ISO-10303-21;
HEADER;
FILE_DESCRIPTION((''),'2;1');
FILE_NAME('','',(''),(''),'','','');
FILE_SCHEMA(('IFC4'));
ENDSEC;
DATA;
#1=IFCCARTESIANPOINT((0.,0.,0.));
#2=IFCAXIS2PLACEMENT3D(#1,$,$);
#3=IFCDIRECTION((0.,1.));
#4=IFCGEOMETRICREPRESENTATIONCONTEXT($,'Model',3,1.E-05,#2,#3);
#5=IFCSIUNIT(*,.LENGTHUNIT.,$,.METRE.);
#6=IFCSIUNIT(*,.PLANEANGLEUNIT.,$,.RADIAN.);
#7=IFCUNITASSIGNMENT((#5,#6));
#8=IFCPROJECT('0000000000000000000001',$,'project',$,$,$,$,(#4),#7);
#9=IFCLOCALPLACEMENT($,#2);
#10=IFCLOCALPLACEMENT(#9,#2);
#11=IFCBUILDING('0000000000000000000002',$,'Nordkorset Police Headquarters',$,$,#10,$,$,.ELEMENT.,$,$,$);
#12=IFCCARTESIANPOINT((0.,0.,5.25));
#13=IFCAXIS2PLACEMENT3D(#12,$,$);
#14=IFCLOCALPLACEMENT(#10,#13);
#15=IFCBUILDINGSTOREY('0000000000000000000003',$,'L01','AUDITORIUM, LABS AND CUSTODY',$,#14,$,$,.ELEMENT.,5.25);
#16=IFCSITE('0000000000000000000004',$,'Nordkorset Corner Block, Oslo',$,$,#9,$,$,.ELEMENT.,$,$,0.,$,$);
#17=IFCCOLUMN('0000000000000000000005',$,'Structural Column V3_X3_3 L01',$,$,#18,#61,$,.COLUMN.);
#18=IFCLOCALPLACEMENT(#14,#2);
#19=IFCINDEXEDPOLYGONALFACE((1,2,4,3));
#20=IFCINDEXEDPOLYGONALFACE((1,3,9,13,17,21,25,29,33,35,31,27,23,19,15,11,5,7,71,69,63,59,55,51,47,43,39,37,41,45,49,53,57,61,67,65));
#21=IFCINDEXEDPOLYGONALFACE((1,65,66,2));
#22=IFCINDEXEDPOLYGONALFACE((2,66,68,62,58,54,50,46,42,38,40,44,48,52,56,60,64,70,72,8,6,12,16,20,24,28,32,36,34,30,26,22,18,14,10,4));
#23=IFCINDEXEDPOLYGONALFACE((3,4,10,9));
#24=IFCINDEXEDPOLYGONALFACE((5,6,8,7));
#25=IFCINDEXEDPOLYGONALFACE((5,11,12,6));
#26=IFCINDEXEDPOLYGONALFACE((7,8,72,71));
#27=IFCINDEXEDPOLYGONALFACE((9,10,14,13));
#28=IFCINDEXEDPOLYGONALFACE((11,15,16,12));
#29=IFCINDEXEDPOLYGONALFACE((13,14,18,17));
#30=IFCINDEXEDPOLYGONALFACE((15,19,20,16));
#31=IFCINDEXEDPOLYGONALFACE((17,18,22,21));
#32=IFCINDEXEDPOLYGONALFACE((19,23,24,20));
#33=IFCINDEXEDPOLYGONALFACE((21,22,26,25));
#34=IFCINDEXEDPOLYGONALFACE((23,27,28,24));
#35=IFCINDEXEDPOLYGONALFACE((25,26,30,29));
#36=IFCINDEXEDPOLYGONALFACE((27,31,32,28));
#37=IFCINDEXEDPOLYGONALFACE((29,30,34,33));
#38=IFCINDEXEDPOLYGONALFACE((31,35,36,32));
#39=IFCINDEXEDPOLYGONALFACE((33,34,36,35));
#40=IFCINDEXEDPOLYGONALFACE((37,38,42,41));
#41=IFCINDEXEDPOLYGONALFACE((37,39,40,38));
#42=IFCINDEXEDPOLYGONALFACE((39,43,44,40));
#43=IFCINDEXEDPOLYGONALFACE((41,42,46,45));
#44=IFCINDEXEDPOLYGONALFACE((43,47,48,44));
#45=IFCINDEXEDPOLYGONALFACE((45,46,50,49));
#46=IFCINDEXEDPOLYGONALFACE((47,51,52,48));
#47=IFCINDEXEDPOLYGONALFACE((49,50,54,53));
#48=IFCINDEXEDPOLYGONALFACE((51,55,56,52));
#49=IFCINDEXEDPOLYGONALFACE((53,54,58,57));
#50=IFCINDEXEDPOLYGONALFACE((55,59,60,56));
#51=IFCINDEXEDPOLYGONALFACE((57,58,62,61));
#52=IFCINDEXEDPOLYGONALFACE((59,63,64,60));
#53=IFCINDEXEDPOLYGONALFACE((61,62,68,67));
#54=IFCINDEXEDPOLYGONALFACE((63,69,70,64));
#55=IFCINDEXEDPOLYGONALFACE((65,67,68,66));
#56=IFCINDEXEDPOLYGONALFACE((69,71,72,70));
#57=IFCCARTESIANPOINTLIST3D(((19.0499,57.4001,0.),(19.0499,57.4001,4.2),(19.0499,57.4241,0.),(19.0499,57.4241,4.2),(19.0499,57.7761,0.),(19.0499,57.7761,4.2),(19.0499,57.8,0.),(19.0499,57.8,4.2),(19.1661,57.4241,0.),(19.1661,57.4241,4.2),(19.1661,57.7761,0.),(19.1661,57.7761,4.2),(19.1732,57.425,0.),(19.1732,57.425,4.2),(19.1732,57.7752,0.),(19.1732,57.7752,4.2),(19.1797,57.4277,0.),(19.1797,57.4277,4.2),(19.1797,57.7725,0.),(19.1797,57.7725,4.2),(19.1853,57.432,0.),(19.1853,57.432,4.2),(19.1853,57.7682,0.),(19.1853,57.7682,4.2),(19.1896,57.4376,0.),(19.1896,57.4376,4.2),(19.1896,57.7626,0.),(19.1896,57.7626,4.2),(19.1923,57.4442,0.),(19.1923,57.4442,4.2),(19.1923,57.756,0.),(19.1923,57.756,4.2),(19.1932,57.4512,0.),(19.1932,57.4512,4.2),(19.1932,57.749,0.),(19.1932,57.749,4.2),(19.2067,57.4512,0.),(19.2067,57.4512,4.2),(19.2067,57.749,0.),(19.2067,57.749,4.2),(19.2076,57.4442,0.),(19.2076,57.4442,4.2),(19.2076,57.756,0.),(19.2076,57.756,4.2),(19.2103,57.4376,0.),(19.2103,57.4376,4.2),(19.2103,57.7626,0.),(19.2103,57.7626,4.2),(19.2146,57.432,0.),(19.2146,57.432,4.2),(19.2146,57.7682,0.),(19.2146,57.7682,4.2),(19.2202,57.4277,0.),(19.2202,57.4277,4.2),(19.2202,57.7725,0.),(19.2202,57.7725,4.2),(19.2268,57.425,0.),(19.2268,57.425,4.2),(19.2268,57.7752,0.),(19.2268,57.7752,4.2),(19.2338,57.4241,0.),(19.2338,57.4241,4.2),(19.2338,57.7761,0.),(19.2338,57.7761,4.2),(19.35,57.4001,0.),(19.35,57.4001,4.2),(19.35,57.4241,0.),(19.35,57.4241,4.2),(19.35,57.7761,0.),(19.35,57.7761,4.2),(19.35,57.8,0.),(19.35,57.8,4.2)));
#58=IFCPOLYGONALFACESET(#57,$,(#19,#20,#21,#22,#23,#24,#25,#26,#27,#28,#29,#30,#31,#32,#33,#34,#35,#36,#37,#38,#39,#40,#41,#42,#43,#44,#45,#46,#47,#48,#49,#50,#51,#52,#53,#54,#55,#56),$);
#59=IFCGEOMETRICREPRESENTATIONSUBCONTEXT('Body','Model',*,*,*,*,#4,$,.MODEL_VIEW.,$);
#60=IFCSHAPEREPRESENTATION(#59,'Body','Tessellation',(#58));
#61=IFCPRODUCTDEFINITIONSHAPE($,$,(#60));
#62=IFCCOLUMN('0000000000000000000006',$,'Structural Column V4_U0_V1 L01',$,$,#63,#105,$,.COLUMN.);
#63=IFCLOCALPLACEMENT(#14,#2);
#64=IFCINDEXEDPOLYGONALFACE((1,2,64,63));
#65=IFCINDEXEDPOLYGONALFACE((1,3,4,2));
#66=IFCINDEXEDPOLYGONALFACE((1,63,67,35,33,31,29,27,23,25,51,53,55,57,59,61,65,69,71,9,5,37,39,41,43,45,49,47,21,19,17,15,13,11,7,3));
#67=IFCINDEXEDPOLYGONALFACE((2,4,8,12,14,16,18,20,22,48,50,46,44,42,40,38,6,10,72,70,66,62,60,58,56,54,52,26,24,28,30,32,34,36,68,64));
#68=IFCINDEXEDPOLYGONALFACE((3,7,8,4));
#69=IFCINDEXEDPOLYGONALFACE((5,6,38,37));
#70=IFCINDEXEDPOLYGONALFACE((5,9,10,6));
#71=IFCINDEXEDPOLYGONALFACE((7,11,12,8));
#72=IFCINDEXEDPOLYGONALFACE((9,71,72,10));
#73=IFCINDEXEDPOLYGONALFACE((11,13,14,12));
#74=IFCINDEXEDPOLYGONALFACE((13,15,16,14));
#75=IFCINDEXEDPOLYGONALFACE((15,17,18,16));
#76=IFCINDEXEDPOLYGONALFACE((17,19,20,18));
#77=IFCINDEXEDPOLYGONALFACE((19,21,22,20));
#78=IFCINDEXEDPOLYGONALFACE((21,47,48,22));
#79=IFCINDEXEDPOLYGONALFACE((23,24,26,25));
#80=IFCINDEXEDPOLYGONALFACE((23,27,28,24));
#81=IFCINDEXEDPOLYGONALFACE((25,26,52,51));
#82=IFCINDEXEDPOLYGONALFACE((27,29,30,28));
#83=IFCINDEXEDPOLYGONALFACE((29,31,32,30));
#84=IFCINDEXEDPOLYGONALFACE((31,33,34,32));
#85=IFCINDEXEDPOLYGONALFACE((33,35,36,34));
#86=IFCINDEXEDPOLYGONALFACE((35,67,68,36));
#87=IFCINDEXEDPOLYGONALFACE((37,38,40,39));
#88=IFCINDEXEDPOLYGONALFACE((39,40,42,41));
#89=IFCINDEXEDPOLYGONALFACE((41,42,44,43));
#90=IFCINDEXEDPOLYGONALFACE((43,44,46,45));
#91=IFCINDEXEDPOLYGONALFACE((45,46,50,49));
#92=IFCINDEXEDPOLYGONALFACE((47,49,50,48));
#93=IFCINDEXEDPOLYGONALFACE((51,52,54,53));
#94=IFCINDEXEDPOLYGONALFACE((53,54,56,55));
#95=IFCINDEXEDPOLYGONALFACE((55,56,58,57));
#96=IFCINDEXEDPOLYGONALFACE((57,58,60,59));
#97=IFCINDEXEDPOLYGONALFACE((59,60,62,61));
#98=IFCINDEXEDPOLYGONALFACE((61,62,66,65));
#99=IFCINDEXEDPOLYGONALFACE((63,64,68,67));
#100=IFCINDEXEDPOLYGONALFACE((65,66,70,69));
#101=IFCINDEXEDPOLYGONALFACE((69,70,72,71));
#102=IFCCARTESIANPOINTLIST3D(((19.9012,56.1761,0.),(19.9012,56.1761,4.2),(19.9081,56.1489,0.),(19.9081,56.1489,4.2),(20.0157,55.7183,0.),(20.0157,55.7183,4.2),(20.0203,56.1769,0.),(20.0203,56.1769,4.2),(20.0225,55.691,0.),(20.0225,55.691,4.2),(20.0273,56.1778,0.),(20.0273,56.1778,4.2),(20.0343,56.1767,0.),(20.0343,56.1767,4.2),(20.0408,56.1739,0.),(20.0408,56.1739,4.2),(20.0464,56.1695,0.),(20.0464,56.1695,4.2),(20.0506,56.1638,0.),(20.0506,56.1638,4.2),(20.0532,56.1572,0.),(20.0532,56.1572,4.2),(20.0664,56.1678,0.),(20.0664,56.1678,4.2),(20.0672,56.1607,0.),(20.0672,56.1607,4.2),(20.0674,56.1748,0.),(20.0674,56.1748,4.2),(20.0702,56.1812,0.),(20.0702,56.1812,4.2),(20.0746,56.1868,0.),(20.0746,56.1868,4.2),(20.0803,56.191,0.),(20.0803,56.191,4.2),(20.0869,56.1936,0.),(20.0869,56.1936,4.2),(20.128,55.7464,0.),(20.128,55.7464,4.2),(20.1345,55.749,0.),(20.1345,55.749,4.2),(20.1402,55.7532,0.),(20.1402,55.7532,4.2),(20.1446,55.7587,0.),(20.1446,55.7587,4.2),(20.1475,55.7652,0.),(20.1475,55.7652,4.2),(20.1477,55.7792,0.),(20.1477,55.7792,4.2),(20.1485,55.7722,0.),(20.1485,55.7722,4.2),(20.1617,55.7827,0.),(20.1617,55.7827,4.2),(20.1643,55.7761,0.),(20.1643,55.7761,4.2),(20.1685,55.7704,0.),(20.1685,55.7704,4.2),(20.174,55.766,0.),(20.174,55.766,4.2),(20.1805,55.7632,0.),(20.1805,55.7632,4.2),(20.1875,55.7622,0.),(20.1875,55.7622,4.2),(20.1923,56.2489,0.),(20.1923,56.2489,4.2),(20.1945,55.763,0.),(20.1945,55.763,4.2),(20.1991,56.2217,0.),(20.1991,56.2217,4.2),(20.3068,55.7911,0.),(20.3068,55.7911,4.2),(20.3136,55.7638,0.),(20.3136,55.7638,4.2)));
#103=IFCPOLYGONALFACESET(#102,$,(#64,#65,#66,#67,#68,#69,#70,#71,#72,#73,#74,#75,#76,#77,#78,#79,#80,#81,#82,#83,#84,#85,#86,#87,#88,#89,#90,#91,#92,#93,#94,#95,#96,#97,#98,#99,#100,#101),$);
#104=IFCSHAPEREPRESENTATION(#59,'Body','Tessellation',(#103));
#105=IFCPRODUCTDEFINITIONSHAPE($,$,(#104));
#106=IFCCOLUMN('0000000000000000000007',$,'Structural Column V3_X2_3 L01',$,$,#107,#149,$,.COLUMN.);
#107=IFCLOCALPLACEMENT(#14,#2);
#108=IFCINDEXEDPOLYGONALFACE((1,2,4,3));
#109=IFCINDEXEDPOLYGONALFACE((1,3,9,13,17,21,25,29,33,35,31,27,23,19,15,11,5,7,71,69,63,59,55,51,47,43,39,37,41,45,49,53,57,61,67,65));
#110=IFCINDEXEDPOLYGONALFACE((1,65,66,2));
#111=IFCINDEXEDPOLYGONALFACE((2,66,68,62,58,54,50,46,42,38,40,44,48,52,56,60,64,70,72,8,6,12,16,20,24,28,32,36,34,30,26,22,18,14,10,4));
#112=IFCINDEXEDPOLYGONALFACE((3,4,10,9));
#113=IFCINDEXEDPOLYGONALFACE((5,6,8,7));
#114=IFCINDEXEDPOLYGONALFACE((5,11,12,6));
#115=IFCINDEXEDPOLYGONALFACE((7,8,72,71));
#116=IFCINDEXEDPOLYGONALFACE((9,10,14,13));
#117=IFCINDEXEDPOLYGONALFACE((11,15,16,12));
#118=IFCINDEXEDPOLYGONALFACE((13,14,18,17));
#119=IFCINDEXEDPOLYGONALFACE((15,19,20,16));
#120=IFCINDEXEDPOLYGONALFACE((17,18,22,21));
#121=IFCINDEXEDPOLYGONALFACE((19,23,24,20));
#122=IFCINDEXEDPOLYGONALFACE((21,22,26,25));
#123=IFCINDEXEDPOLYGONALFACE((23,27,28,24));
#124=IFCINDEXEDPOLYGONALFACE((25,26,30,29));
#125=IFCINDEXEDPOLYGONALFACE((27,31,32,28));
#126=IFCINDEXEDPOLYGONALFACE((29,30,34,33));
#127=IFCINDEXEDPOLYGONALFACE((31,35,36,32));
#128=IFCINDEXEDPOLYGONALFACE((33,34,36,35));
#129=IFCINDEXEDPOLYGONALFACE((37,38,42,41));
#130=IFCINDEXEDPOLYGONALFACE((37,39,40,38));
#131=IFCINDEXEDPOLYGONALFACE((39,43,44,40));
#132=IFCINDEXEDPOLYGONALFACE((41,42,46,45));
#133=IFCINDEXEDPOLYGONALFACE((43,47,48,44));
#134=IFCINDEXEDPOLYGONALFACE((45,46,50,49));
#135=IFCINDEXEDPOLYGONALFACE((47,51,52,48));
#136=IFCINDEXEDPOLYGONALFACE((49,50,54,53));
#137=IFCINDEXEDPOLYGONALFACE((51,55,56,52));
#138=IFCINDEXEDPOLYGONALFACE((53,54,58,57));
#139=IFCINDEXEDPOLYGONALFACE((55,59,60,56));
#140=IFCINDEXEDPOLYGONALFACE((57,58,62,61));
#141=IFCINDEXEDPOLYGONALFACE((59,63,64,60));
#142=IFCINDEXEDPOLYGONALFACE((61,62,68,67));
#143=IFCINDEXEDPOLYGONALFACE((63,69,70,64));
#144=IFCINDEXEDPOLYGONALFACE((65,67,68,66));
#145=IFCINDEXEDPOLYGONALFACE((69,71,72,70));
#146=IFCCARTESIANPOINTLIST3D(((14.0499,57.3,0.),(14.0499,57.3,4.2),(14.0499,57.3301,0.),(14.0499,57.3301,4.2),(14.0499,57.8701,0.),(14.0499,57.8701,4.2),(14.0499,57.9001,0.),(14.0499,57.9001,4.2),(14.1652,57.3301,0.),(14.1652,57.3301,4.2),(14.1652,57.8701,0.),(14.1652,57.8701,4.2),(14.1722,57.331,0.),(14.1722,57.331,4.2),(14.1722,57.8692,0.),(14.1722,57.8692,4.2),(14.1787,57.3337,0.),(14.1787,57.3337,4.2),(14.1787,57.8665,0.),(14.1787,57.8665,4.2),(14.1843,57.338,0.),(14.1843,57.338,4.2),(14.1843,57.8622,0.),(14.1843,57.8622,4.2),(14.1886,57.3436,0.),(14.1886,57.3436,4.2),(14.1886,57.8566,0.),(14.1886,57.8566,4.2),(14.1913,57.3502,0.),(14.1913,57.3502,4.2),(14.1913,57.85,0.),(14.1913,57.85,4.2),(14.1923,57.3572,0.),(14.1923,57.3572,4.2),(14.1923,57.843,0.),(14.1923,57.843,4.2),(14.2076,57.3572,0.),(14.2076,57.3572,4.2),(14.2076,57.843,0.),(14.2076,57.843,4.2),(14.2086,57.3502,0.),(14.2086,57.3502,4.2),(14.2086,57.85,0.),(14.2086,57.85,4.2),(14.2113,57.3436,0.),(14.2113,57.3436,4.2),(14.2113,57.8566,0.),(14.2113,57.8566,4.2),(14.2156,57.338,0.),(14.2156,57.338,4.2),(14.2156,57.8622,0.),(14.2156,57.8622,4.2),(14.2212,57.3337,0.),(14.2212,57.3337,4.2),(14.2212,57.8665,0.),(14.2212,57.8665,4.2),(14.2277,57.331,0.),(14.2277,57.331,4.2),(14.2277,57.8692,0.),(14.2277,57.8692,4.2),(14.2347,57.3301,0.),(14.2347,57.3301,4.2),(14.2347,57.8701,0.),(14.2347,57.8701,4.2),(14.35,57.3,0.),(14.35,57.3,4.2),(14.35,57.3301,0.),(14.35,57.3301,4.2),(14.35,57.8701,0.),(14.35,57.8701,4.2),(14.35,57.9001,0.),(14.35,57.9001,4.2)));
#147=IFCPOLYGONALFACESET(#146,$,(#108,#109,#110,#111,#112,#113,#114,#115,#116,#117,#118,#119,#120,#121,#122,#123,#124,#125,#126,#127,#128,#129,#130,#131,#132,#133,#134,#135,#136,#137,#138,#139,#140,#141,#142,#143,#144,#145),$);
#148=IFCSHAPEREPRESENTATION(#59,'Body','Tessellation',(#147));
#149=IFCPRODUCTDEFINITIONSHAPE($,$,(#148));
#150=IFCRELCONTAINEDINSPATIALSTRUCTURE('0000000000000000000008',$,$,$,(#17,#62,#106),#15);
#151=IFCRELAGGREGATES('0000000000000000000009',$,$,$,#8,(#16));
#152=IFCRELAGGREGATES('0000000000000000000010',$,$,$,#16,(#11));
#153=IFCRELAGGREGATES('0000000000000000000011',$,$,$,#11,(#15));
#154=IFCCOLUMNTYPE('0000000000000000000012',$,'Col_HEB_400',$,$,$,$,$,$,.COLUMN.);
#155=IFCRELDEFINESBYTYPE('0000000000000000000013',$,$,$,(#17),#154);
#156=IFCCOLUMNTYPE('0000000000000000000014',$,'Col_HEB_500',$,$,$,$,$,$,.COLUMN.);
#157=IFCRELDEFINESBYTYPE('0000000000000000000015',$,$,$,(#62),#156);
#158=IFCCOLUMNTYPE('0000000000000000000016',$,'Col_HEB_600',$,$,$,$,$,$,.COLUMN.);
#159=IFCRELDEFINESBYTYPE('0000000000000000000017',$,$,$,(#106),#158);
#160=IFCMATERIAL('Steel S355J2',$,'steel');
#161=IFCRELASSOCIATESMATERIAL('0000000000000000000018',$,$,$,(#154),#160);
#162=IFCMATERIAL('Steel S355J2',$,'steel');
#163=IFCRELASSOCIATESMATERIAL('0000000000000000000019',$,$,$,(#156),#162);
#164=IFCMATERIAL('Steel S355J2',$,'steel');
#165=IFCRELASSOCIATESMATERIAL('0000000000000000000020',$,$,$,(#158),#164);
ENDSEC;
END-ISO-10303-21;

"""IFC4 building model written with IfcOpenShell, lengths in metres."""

from ifc_helpers import new_model, si_unit, direction, frame, origin, origin_2d, place, context, subcontext, project, spatial, i_section, extrude, material, material_profile, profile_set, type_object, element, save


model = new_model("IFC4")

# Units and contexts
model_context = context("Model", 3, precision=1e-05, world=origin(), true_north=direction((0.0, 1.0)))
body_context = subcontext(model_context, "Body", "Model", "MODEL_VIEW")
ifc_project = project(units=[si_unit("LENGTHUNIT", "METRE"), si_unit("PLANEANGLEUNIT", "RADIAN")], contexts=[model_context])

# Site, building, storey
site_placement = place(None, origin())
site = spatial("IfcSite", under=ifc_project, at=site_placement, Name="Nordkorset Corner Block, Oslo", CompositionType="ELEMENT", RefElevation=0.0)
building_placement = place(site_placement, origin())
building = spatial("IfcBuilding", under=site, at=building_placement, Name="Nordkorset Police Headquarters", CompositionType="ELEMENT")
storey_placement = place(building_placement, frame((0.0, 0.0, 5.25)))
storey = spatial("IfcBuildingStorey", under=building, at=storey_placement, Name="L01", Description="AUDITORIUM, LABS AND CUSTODY", CompositionType="ELEMENT", Elevation=5.25)

# Columns
ifc_material_1 = material(Name="Steel S355J2", Category="steel")
ifc_material_profile_1 = material_profile(ifc_material_1, i_section(OverallWidth=0.3, OverallDepth=0.3999, WebThickness=0.0134, FlangeThickness=0.0239, FilletRadius=0.0271, at=origin_2d()), Name="HEB 400")
ifc_profile_set_1 = profile_set([ifc_material_profile_1], Name="Steel S355J2")
column_type_1 = type_object("IfcColumnType", Name="Col_HEB_400", PredefinedType="COLUMN", material=ifc_profile_set_1)
column_1_placement = place(storey_placement, frame((19.2, 57.6001, 0.0), z_axis=(0.0, 0.0, 1.0), x_axis=(1.0, 0.0, 0.0)))
element("IfcColumn", 1, at=column_1_placement, inside=storey, type_object=column_type_1, Name="Structural Column V3_X3_3 L01", PredefinedType="COLUMN", context=body_context, shape_type="SweptSolid", body=[
    extrude(i_section(OverallWidth=0.3, OverallDepth=0.3999, WebThickness=0.0134, FlangeThickness=0.0239, FilletRadius=0.0271, at=origin_2d()), origin(), (0.0, 0.0, 1.0), 4.2),
])
ifc_material_2 = material(Name="Steel S355J2", Category="steel")
ifc_material_profile_2 = material_profile(ifc_material_2, i_section(OverallWidth=0.3, OverallDepth=0.5, WebThickness=0.0144, FlangeThickness=0.0281, FilletRadius=0.0271, at=origin_2d()), Name="HEB 500")
ifc_profile_set_2 = profile_set([ifc_material_profile_2], Name="Steel S355J2")
column_type_2 = type_object("IfcColumnType", Name="Col_HEB_500", PredefinedType="COLUMN", material=ifc_profile_set_2)
column_2_placement = place(storey_placement, frame((20.1074, 55.97, 0.0), z_axis=(0.0, 0.0, 1.0), x_axis=(0.970143, 0.242536, 0.0)))
element("IfcColumn", 2, at=column_2_placement, inside=storey, type_object=column_type_2, Name="Structural Column V4_U0_V1 L01", PredefinedType="COLUMN", context=body_context, shape_type="SweptSolid", body=[
    extrude(i_section(OverallWidth=0.3, OverallDepth=0.5, WebThickness=0.0144, FlangeThickness=0.0281, FilletRadius=0.0271, at=origin_2d()), origin(), (0.0, 0.0, 1.0), 4.2),
])
ifc_material_3 = material(Name="Steel S355J2", Category="steel")
ifc_material_profile_3 = material_profile(ifc_material_3, i_section(OverallWidth=0.3, OverallDepth=0.6001, WebThickness=0.0154, FlangeThickness=0.03, FilletRadius=0.0271, at=origin_2d()), Name="HEB 600")
ifc_profile_set_3 = profile_set([ifc_material_profile_3], Name="Steel S355J2")
column_type_3 = type_object("IfcColumnType", Name="Col_HEB_600", PredefinedType="COLUMN", material=ifc_profile_set_3)
column_3_placement = place(storey_placement, frame((14.2, 57.6001, 0.0), z_axis=(0.0, 0.0, 1.0), x_axis=(1.0, 0.0, 0.0)))
element("IfcColumn", 3, at=column_3_placement, inside=storey, type_object=column_type_3, Name="Structural Column V3_X2_3 L01", PredefinedType="COLUMN", context=body_context, shape_type="SweptSolid", body=[
    extrude(i_section(OverallWidth=0.3, OverallDepth=0.6001, WebThickness=0.0154, FlangeThickness=0.03, FilletRadius=0.0271, at=origin_2d()), origin(), (0.0, 0.0, 1.0), 4.2),
])

save(model, "model.ifc")
